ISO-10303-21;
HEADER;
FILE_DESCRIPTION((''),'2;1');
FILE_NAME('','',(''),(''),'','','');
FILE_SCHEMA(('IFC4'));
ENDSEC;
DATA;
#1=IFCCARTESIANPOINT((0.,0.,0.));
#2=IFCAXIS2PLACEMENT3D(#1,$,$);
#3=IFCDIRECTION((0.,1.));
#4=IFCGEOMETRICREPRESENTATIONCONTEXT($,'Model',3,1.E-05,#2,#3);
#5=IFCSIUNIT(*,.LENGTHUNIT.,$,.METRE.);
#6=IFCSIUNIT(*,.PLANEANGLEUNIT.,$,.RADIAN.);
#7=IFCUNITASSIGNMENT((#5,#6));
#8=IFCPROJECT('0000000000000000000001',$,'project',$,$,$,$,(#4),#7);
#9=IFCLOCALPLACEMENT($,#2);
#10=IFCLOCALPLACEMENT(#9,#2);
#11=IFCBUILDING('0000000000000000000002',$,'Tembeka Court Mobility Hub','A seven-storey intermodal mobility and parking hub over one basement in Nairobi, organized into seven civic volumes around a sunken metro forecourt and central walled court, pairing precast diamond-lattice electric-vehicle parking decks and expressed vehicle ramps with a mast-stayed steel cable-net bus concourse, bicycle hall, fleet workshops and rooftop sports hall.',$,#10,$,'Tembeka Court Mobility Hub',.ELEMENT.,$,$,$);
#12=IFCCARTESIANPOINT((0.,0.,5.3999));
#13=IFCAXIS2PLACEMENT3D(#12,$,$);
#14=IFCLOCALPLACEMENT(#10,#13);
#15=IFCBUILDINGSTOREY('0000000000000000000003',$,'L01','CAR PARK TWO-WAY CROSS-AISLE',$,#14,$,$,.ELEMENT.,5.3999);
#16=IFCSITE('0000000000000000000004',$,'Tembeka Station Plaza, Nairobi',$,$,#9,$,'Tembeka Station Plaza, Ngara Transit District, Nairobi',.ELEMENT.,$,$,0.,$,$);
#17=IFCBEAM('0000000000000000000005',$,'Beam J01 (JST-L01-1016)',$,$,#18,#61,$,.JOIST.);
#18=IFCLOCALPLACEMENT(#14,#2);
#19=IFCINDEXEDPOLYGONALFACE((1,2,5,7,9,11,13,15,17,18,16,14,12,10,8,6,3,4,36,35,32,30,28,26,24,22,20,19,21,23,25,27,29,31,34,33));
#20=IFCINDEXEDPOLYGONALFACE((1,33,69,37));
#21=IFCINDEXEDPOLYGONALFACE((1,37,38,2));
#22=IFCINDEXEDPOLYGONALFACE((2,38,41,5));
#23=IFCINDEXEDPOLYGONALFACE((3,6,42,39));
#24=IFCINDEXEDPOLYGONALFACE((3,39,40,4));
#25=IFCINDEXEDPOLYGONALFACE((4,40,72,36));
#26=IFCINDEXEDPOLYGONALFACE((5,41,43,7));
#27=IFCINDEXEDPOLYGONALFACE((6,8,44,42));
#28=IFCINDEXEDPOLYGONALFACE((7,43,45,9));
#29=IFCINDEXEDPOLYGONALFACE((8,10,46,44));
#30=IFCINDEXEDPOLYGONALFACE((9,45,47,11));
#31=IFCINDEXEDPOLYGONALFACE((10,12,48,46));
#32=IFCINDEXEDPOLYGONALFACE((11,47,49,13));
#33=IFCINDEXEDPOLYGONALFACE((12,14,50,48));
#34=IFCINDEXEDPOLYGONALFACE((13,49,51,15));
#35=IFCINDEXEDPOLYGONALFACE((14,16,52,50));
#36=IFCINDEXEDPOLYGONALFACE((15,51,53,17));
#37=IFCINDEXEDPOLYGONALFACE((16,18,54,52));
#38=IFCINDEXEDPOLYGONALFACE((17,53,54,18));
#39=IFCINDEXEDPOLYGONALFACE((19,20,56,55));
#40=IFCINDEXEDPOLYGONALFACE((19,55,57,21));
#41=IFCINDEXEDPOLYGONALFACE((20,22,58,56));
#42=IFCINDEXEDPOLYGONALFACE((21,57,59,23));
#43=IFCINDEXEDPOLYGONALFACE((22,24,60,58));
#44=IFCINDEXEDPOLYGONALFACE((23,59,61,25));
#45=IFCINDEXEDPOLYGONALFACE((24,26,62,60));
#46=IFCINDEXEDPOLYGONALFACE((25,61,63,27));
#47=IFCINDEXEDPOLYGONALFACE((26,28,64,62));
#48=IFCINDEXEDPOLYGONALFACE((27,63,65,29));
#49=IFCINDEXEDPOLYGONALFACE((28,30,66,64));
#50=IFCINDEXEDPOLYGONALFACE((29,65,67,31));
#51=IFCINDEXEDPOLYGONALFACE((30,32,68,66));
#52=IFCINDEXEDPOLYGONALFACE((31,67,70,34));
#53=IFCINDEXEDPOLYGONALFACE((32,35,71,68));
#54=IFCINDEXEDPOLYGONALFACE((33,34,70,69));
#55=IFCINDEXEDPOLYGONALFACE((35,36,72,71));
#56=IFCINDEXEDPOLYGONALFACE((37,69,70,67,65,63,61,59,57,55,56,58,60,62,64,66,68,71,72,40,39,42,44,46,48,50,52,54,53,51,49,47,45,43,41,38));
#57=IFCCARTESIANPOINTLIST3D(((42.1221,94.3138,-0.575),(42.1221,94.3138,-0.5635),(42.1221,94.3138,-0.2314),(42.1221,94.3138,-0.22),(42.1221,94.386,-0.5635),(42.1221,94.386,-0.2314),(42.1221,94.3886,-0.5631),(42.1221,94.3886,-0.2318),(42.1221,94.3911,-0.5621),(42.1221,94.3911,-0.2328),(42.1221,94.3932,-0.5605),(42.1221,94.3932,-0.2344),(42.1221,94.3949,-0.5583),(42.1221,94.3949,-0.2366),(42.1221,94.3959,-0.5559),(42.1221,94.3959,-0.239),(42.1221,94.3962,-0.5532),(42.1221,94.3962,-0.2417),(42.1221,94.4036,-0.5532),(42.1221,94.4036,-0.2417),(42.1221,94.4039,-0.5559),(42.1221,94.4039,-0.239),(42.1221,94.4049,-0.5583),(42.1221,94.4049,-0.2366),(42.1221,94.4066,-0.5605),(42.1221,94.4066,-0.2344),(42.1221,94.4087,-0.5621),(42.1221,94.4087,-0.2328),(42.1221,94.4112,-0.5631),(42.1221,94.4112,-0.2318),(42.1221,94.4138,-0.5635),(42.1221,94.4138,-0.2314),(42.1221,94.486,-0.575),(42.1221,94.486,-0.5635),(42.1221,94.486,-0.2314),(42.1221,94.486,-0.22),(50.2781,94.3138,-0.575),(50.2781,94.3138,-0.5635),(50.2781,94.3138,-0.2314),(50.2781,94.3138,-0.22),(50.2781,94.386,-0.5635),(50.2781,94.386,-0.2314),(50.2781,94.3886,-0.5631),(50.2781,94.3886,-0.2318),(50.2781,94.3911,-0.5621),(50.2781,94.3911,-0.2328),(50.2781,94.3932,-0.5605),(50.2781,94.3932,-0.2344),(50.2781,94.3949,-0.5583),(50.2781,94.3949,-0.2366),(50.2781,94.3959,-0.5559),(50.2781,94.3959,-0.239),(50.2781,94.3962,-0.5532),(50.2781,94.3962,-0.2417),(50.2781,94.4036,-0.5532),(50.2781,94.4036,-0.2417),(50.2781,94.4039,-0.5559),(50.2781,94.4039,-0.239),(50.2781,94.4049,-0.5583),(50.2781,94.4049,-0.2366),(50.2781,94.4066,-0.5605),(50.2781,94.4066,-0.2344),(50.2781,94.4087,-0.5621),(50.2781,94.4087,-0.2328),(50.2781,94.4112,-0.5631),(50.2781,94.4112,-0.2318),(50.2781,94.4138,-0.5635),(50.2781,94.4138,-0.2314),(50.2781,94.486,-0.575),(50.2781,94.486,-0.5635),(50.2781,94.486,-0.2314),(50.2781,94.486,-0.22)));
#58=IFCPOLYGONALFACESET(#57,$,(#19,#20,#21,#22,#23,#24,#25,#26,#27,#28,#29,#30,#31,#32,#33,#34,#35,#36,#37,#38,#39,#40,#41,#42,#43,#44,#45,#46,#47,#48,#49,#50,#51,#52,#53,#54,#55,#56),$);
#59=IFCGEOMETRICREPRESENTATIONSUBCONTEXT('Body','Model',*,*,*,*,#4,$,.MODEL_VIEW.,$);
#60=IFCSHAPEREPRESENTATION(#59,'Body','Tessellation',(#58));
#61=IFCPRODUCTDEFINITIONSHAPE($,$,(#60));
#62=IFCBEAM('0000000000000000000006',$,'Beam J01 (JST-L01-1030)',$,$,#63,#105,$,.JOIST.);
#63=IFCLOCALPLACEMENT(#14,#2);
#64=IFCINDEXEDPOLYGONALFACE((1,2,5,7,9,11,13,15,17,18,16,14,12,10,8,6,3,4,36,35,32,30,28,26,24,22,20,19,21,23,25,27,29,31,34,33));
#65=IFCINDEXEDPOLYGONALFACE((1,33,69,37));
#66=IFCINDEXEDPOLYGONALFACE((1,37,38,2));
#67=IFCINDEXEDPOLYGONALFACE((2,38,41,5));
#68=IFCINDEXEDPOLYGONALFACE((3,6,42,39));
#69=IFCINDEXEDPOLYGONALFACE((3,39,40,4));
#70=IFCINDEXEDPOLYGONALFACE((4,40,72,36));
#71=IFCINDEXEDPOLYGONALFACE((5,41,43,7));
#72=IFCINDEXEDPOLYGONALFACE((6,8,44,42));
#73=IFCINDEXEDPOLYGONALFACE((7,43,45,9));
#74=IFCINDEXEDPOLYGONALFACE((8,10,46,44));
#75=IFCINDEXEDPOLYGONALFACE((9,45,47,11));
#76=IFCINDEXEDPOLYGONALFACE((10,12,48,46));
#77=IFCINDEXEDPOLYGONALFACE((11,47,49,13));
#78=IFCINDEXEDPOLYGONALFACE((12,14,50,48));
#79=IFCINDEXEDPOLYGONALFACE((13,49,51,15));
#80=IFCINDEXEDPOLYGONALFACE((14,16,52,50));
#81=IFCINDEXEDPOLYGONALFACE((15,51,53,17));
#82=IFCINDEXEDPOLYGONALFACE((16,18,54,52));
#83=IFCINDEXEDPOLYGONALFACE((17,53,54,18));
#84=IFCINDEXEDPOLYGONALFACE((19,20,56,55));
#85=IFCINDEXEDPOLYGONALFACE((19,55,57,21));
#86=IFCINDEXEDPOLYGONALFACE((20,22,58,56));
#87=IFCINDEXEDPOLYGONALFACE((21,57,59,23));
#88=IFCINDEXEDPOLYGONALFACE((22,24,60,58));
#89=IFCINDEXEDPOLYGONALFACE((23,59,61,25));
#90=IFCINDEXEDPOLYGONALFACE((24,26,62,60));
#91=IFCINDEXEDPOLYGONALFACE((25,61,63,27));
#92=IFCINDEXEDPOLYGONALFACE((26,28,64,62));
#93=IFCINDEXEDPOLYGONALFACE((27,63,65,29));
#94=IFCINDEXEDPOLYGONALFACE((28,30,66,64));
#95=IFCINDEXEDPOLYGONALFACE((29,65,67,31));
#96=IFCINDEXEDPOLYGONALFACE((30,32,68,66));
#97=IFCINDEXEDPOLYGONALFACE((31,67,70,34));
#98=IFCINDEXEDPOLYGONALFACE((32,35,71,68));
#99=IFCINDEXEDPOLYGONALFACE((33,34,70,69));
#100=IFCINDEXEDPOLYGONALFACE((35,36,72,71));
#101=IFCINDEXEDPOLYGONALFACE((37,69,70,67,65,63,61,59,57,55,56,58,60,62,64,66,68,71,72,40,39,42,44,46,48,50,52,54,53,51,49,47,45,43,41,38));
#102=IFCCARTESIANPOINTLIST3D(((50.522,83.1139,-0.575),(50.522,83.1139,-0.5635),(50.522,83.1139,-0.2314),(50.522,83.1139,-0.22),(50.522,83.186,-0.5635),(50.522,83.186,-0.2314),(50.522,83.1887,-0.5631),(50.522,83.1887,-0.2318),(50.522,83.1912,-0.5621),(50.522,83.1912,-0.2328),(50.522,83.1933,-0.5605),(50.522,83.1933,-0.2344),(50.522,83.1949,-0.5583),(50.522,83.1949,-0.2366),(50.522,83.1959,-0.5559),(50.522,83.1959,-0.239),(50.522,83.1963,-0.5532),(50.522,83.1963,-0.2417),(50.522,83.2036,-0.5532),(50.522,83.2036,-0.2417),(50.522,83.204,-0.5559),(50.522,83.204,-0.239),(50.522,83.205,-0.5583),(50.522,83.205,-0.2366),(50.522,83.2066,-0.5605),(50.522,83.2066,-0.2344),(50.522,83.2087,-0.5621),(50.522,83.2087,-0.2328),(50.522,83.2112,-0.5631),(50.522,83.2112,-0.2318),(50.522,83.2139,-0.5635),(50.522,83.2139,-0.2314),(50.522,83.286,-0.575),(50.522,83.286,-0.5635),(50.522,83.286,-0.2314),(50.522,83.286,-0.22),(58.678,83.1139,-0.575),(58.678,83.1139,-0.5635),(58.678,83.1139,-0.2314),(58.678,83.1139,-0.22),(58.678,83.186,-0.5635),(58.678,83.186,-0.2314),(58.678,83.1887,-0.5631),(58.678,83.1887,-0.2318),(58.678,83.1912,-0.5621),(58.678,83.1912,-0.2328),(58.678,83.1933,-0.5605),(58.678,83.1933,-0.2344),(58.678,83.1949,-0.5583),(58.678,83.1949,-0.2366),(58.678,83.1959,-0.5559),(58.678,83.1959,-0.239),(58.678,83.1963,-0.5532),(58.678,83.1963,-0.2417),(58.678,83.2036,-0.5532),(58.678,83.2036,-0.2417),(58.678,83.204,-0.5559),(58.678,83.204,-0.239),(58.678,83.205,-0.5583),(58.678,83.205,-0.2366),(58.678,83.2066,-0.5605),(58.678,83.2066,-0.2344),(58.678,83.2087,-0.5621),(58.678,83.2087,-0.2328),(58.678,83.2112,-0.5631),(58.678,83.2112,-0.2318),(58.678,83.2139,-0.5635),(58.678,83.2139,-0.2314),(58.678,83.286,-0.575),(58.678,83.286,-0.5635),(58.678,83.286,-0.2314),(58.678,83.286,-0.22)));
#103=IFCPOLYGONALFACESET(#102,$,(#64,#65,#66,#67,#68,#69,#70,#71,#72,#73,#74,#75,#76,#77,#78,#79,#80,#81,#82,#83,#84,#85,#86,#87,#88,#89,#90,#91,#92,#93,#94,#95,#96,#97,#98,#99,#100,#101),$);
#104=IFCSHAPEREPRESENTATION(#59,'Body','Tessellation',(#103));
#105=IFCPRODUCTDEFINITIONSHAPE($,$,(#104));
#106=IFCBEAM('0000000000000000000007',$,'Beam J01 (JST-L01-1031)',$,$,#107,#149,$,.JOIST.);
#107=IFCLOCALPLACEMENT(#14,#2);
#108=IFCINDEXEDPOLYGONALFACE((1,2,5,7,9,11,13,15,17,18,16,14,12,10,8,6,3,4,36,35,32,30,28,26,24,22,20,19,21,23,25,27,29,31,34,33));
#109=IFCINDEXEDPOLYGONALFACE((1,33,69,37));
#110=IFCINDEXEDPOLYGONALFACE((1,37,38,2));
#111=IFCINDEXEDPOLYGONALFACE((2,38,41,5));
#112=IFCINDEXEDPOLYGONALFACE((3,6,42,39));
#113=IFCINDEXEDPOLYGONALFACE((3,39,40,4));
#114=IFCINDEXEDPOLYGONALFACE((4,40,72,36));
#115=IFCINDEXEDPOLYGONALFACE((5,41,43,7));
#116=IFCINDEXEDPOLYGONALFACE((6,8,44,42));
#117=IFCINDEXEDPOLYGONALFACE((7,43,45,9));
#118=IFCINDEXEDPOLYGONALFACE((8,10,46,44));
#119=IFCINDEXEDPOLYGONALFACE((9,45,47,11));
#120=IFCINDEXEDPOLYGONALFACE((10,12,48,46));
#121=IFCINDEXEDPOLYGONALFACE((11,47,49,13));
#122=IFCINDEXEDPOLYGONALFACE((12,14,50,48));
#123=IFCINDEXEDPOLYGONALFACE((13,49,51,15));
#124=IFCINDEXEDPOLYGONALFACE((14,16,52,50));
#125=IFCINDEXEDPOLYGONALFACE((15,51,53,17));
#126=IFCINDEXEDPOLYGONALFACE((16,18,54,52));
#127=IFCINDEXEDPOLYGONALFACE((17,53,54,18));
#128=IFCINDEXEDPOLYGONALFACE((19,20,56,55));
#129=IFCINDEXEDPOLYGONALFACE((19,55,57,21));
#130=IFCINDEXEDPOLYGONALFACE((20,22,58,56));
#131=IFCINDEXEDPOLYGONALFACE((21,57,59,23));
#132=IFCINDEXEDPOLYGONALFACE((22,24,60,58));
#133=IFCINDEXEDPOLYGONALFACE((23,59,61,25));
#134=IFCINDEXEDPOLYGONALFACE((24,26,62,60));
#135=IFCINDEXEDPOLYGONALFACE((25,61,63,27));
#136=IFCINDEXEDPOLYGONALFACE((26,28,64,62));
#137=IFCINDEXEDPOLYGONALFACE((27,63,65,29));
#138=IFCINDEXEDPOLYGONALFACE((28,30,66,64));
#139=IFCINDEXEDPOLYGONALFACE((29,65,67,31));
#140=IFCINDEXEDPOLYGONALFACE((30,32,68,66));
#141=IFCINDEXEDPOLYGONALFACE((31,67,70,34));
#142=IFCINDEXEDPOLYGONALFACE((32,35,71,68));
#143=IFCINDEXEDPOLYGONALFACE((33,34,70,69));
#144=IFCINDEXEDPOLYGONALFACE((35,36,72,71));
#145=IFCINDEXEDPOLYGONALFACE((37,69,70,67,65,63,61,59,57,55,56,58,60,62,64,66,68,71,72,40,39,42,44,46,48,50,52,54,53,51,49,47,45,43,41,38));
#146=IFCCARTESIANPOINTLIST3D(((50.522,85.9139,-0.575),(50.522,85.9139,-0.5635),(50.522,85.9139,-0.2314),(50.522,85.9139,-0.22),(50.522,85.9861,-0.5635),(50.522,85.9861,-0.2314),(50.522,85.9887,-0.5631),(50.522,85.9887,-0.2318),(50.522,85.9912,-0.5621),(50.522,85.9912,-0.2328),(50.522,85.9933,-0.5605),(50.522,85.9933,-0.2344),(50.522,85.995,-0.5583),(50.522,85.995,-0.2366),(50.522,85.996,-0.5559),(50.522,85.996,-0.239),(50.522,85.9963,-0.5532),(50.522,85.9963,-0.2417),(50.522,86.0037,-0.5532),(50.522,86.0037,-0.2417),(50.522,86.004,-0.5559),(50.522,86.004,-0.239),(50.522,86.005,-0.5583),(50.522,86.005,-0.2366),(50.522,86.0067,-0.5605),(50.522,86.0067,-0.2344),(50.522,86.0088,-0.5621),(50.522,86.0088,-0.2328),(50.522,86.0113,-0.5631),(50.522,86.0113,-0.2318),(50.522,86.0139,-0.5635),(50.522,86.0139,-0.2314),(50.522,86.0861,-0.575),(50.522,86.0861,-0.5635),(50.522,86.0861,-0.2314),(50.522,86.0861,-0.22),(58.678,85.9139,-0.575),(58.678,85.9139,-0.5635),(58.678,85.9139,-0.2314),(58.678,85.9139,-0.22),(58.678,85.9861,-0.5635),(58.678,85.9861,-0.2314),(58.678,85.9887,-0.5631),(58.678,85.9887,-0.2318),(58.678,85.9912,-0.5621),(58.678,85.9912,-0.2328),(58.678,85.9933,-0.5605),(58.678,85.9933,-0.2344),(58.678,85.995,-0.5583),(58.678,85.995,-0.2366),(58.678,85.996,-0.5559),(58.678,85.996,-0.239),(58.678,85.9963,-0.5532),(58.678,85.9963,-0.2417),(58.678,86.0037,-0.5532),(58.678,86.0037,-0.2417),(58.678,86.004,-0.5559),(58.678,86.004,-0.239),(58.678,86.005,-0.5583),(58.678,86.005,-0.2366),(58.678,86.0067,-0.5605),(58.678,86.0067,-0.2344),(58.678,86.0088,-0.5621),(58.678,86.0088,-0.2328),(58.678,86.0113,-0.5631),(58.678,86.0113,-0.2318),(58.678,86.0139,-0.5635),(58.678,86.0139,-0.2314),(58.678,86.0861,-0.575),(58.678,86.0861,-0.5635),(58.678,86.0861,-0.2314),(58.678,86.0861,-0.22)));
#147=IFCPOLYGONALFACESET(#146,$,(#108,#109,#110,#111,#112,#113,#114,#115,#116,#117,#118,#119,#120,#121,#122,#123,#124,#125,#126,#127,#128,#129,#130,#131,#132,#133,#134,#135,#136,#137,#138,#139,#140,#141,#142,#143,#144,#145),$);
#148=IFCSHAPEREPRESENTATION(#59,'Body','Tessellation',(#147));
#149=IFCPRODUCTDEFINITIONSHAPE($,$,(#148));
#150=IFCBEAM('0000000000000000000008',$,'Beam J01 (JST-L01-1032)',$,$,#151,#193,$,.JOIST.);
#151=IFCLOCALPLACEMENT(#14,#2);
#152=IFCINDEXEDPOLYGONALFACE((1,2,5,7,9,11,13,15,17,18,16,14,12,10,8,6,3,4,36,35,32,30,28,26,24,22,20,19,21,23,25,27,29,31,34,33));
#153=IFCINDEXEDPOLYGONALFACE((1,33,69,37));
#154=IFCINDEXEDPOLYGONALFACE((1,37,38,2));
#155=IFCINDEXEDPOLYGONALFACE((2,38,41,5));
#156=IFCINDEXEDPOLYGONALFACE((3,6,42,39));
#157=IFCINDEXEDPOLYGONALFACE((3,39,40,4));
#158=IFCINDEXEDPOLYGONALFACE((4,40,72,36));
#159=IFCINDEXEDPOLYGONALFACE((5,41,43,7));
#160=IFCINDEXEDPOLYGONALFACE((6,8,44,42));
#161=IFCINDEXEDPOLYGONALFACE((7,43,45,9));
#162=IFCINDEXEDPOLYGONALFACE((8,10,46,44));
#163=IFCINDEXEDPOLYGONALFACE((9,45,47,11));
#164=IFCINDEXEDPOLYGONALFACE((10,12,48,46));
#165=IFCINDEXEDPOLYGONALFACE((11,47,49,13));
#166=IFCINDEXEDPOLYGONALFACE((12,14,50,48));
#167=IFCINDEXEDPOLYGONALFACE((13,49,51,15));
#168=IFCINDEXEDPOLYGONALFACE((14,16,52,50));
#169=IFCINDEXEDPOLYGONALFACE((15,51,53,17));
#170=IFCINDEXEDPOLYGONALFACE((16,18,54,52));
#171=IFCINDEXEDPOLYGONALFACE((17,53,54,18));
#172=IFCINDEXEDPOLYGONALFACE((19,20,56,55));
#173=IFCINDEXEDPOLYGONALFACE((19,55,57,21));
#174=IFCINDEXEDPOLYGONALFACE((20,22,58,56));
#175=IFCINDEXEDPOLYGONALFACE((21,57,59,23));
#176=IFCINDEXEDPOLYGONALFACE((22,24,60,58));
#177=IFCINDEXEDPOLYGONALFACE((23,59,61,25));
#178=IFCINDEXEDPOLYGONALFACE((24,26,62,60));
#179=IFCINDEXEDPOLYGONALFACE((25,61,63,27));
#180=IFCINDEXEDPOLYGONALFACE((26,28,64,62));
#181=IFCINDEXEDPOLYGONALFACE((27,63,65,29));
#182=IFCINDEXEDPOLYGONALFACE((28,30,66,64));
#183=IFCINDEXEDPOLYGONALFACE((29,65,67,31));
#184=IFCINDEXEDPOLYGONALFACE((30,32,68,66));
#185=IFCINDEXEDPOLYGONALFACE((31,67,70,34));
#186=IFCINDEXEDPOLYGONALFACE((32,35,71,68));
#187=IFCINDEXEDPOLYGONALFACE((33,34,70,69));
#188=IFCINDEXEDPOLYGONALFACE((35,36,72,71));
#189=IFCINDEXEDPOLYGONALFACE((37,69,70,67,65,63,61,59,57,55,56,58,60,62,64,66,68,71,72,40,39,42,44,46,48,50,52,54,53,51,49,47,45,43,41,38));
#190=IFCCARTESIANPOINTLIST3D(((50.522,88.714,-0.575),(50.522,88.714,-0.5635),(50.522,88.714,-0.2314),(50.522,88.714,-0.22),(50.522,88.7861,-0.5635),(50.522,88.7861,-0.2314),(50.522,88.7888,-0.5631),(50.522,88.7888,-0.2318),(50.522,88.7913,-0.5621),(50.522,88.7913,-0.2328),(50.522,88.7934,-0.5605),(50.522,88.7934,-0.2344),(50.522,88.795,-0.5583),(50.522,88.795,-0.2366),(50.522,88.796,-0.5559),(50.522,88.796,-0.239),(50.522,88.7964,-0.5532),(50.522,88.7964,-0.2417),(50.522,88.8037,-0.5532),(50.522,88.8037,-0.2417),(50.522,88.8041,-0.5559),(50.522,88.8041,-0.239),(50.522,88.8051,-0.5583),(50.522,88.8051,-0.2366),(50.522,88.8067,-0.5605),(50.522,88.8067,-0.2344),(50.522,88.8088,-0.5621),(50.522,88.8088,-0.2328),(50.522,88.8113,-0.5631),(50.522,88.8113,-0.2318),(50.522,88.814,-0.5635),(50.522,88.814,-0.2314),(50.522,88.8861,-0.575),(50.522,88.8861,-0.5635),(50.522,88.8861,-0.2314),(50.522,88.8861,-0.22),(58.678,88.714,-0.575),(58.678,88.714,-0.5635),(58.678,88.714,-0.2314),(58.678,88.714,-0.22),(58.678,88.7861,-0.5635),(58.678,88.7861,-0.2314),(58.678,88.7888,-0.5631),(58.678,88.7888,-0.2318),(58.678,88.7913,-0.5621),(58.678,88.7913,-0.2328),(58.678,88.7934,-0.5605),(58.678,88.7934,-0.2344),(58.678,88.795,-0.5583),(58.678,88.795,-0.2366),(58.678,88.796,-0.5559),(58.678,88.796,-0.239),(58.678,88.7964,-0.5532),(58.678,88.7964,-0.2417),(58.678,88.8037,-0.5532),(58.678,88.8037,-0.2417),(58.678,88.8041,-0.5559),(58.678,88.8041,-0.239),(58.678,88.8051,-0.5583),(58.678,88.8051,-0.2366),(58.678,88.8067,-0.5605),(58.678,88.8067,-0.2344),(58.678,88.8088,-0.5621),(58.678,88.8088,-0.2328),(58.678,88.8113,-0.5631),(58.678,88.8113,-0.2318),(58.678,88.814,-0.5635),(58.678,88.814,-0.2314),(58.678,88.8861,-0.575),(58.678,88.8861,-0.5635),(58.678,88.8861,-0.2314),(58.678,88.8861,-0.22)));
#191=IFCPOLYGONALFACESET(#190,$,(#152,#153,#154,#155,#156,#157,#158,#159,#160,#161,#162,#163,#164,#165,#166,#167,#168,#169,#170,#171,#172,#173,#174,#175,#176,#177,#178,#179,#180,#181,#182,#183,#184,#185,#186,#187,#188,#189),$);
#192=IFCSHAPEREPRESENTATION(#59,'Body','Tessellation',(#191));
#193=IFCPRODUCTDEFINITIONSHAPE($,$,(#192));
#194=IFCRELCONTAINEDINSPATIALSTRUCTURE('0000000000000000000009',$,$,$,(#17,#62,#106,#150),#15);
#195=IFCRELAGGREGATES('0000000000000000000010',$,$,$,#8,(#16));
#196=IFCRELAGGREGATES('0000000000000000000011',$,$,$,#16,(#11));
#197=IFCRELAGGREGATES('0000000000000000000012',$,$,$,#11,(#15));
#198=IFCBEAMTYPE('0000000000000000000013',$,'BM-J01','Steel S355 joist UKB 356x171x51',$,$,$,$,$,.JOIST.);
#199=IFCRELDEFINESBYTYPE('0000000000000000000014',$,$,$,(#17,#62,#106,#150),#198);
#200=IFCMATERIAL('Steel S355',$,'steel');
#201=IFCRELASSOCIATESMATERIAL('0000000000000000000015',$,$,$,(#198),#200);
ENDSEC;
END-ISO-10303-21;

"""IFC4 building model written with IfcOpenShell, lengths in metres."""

from ifc_helpers import new_model, si_unit, direction, frame, origin, origin_2d, place, context, subcontext, project, spatial, i_section, extrude, material, material_profile, profile_set, type_object, element, save


model = new_model("IFC4")

# Units and contexts
model_context = context("Model", 3, precision=1e-05, world=origin(), true_north=direction((0.0, 1.0)))
body_context = subcontext(model_context, "Body", "Model", "MODEL_VIEW")
ifc_project = project(units=[si_unit("LENGTHUNIT", "METRE"), si_unit("PLANEANGLEUNIT", "RADIAN")], contexts=[model_context])

# Site, building, storey
site_placement = place(None, origin())
site = spatial("IfcSite", under=ifc_project, at=site_placement, Name="Tembeka Station Plaza, Nairobi", LongName="Tembeka Station Plaza, Ngara Transit District, Nairobi", CompositionType="ELEMENT", RefElevation=0.0)
building_placement = place(site_placement, origin())
building = spatial("IfcBuilding", under=site, at=building_placement, Name="Tembeka Court Mobility Hub", Description="A seven-storey intermodal mobility and parking hub over one basement in Nairobi, organized into seven civic volumes around a sunken metro forecourt and central walled court, pairing precast diamond-lattice electric-vehicle parking decks and expressed vehicle ramps with a mast-stayed steel cable-net bus concourse, bicycle hall, fleet workshops and rooftop sports hall.", LongName="Tembeka Court Mobility Hub", CompositionType="ELEMENT")
storey_placement = place(building_placement, frame((0.0, 0.0, 5.3999)))
storey = spatial("IfcBuildingStorey", under=building, at=storey_placement, Name="L01", Description="CAR PARK TWO-WAY CROSS-AISLE", CompositionType="ELEMENT", Elevation=5.3999)

# Shared definitions
ifc_material = material(Name="Steel S355", Category="steel")

# Beams
ifc_material_profile_1 = material_profile(ifc_material, i_section(OverallWidth=0.1721, OverallDepth=0.355, WebThickness=0.0073, FlangeThickness=0.0115, FilletRadius=0.0103, at=origin_2d()), Name="UKB 356x171x51")
ifc_profile_set_1 = profile_set([ifc_material_profile_1], Name="Steel S355")
beam_type_1 = type_object("IfcBeamType", Name="BM-J01", Description="Steel S355 joist UKB 356x171x51", PredefinedType="JOIST", material=ifc_profile_set_1)
for number, where, z_axis, x_axis, name in (
    (1, (42.1221, 94.3999, -0.3975), (1.0, 0.0, 0.0), (0.0, 1.0, 0.0), "Beam J01 (JST-L01-1016)"),
    (2, (50.522, 83.2, -0.3975), (1.0, 0.0, 0.0), (0.0, 1.0, 0.0), "Beam J01 (JST-L01-1030)"),
    (3, (50.522, 86.0, -0.3975), (1.0, 0.0, 0.0), (0.0, 1.0, 0.0), "Beam J01 (JST-L01-1031)"),
    (4, (50.522, 88.8, -0.3975), (1.0, 0.0, 0.0), (0.0, 1.0, 0.0), "Beam J01 (JST-L01-1032)"),
):
    element("IfcBeam", number, at=place(storey_placement, frame(where, z_axis=z_axis, x_axis=x_axis)), inside=storey, type_object=beam_type_1, Name=name, PredefinedType="JOIST", context=body_context, shape_type="SweptSolid", body=[
        extrude(i_section(OverallWidth=0.1721, OverallDepth=0.355, WebThickness=0.0073, FlangeThickness=0.0115, FilletRadius=0.0103, at=origin_2d()), origin(), (0.0, 0.0, 1.0), 8.156),
    ])

save(model, "model.ifc")
